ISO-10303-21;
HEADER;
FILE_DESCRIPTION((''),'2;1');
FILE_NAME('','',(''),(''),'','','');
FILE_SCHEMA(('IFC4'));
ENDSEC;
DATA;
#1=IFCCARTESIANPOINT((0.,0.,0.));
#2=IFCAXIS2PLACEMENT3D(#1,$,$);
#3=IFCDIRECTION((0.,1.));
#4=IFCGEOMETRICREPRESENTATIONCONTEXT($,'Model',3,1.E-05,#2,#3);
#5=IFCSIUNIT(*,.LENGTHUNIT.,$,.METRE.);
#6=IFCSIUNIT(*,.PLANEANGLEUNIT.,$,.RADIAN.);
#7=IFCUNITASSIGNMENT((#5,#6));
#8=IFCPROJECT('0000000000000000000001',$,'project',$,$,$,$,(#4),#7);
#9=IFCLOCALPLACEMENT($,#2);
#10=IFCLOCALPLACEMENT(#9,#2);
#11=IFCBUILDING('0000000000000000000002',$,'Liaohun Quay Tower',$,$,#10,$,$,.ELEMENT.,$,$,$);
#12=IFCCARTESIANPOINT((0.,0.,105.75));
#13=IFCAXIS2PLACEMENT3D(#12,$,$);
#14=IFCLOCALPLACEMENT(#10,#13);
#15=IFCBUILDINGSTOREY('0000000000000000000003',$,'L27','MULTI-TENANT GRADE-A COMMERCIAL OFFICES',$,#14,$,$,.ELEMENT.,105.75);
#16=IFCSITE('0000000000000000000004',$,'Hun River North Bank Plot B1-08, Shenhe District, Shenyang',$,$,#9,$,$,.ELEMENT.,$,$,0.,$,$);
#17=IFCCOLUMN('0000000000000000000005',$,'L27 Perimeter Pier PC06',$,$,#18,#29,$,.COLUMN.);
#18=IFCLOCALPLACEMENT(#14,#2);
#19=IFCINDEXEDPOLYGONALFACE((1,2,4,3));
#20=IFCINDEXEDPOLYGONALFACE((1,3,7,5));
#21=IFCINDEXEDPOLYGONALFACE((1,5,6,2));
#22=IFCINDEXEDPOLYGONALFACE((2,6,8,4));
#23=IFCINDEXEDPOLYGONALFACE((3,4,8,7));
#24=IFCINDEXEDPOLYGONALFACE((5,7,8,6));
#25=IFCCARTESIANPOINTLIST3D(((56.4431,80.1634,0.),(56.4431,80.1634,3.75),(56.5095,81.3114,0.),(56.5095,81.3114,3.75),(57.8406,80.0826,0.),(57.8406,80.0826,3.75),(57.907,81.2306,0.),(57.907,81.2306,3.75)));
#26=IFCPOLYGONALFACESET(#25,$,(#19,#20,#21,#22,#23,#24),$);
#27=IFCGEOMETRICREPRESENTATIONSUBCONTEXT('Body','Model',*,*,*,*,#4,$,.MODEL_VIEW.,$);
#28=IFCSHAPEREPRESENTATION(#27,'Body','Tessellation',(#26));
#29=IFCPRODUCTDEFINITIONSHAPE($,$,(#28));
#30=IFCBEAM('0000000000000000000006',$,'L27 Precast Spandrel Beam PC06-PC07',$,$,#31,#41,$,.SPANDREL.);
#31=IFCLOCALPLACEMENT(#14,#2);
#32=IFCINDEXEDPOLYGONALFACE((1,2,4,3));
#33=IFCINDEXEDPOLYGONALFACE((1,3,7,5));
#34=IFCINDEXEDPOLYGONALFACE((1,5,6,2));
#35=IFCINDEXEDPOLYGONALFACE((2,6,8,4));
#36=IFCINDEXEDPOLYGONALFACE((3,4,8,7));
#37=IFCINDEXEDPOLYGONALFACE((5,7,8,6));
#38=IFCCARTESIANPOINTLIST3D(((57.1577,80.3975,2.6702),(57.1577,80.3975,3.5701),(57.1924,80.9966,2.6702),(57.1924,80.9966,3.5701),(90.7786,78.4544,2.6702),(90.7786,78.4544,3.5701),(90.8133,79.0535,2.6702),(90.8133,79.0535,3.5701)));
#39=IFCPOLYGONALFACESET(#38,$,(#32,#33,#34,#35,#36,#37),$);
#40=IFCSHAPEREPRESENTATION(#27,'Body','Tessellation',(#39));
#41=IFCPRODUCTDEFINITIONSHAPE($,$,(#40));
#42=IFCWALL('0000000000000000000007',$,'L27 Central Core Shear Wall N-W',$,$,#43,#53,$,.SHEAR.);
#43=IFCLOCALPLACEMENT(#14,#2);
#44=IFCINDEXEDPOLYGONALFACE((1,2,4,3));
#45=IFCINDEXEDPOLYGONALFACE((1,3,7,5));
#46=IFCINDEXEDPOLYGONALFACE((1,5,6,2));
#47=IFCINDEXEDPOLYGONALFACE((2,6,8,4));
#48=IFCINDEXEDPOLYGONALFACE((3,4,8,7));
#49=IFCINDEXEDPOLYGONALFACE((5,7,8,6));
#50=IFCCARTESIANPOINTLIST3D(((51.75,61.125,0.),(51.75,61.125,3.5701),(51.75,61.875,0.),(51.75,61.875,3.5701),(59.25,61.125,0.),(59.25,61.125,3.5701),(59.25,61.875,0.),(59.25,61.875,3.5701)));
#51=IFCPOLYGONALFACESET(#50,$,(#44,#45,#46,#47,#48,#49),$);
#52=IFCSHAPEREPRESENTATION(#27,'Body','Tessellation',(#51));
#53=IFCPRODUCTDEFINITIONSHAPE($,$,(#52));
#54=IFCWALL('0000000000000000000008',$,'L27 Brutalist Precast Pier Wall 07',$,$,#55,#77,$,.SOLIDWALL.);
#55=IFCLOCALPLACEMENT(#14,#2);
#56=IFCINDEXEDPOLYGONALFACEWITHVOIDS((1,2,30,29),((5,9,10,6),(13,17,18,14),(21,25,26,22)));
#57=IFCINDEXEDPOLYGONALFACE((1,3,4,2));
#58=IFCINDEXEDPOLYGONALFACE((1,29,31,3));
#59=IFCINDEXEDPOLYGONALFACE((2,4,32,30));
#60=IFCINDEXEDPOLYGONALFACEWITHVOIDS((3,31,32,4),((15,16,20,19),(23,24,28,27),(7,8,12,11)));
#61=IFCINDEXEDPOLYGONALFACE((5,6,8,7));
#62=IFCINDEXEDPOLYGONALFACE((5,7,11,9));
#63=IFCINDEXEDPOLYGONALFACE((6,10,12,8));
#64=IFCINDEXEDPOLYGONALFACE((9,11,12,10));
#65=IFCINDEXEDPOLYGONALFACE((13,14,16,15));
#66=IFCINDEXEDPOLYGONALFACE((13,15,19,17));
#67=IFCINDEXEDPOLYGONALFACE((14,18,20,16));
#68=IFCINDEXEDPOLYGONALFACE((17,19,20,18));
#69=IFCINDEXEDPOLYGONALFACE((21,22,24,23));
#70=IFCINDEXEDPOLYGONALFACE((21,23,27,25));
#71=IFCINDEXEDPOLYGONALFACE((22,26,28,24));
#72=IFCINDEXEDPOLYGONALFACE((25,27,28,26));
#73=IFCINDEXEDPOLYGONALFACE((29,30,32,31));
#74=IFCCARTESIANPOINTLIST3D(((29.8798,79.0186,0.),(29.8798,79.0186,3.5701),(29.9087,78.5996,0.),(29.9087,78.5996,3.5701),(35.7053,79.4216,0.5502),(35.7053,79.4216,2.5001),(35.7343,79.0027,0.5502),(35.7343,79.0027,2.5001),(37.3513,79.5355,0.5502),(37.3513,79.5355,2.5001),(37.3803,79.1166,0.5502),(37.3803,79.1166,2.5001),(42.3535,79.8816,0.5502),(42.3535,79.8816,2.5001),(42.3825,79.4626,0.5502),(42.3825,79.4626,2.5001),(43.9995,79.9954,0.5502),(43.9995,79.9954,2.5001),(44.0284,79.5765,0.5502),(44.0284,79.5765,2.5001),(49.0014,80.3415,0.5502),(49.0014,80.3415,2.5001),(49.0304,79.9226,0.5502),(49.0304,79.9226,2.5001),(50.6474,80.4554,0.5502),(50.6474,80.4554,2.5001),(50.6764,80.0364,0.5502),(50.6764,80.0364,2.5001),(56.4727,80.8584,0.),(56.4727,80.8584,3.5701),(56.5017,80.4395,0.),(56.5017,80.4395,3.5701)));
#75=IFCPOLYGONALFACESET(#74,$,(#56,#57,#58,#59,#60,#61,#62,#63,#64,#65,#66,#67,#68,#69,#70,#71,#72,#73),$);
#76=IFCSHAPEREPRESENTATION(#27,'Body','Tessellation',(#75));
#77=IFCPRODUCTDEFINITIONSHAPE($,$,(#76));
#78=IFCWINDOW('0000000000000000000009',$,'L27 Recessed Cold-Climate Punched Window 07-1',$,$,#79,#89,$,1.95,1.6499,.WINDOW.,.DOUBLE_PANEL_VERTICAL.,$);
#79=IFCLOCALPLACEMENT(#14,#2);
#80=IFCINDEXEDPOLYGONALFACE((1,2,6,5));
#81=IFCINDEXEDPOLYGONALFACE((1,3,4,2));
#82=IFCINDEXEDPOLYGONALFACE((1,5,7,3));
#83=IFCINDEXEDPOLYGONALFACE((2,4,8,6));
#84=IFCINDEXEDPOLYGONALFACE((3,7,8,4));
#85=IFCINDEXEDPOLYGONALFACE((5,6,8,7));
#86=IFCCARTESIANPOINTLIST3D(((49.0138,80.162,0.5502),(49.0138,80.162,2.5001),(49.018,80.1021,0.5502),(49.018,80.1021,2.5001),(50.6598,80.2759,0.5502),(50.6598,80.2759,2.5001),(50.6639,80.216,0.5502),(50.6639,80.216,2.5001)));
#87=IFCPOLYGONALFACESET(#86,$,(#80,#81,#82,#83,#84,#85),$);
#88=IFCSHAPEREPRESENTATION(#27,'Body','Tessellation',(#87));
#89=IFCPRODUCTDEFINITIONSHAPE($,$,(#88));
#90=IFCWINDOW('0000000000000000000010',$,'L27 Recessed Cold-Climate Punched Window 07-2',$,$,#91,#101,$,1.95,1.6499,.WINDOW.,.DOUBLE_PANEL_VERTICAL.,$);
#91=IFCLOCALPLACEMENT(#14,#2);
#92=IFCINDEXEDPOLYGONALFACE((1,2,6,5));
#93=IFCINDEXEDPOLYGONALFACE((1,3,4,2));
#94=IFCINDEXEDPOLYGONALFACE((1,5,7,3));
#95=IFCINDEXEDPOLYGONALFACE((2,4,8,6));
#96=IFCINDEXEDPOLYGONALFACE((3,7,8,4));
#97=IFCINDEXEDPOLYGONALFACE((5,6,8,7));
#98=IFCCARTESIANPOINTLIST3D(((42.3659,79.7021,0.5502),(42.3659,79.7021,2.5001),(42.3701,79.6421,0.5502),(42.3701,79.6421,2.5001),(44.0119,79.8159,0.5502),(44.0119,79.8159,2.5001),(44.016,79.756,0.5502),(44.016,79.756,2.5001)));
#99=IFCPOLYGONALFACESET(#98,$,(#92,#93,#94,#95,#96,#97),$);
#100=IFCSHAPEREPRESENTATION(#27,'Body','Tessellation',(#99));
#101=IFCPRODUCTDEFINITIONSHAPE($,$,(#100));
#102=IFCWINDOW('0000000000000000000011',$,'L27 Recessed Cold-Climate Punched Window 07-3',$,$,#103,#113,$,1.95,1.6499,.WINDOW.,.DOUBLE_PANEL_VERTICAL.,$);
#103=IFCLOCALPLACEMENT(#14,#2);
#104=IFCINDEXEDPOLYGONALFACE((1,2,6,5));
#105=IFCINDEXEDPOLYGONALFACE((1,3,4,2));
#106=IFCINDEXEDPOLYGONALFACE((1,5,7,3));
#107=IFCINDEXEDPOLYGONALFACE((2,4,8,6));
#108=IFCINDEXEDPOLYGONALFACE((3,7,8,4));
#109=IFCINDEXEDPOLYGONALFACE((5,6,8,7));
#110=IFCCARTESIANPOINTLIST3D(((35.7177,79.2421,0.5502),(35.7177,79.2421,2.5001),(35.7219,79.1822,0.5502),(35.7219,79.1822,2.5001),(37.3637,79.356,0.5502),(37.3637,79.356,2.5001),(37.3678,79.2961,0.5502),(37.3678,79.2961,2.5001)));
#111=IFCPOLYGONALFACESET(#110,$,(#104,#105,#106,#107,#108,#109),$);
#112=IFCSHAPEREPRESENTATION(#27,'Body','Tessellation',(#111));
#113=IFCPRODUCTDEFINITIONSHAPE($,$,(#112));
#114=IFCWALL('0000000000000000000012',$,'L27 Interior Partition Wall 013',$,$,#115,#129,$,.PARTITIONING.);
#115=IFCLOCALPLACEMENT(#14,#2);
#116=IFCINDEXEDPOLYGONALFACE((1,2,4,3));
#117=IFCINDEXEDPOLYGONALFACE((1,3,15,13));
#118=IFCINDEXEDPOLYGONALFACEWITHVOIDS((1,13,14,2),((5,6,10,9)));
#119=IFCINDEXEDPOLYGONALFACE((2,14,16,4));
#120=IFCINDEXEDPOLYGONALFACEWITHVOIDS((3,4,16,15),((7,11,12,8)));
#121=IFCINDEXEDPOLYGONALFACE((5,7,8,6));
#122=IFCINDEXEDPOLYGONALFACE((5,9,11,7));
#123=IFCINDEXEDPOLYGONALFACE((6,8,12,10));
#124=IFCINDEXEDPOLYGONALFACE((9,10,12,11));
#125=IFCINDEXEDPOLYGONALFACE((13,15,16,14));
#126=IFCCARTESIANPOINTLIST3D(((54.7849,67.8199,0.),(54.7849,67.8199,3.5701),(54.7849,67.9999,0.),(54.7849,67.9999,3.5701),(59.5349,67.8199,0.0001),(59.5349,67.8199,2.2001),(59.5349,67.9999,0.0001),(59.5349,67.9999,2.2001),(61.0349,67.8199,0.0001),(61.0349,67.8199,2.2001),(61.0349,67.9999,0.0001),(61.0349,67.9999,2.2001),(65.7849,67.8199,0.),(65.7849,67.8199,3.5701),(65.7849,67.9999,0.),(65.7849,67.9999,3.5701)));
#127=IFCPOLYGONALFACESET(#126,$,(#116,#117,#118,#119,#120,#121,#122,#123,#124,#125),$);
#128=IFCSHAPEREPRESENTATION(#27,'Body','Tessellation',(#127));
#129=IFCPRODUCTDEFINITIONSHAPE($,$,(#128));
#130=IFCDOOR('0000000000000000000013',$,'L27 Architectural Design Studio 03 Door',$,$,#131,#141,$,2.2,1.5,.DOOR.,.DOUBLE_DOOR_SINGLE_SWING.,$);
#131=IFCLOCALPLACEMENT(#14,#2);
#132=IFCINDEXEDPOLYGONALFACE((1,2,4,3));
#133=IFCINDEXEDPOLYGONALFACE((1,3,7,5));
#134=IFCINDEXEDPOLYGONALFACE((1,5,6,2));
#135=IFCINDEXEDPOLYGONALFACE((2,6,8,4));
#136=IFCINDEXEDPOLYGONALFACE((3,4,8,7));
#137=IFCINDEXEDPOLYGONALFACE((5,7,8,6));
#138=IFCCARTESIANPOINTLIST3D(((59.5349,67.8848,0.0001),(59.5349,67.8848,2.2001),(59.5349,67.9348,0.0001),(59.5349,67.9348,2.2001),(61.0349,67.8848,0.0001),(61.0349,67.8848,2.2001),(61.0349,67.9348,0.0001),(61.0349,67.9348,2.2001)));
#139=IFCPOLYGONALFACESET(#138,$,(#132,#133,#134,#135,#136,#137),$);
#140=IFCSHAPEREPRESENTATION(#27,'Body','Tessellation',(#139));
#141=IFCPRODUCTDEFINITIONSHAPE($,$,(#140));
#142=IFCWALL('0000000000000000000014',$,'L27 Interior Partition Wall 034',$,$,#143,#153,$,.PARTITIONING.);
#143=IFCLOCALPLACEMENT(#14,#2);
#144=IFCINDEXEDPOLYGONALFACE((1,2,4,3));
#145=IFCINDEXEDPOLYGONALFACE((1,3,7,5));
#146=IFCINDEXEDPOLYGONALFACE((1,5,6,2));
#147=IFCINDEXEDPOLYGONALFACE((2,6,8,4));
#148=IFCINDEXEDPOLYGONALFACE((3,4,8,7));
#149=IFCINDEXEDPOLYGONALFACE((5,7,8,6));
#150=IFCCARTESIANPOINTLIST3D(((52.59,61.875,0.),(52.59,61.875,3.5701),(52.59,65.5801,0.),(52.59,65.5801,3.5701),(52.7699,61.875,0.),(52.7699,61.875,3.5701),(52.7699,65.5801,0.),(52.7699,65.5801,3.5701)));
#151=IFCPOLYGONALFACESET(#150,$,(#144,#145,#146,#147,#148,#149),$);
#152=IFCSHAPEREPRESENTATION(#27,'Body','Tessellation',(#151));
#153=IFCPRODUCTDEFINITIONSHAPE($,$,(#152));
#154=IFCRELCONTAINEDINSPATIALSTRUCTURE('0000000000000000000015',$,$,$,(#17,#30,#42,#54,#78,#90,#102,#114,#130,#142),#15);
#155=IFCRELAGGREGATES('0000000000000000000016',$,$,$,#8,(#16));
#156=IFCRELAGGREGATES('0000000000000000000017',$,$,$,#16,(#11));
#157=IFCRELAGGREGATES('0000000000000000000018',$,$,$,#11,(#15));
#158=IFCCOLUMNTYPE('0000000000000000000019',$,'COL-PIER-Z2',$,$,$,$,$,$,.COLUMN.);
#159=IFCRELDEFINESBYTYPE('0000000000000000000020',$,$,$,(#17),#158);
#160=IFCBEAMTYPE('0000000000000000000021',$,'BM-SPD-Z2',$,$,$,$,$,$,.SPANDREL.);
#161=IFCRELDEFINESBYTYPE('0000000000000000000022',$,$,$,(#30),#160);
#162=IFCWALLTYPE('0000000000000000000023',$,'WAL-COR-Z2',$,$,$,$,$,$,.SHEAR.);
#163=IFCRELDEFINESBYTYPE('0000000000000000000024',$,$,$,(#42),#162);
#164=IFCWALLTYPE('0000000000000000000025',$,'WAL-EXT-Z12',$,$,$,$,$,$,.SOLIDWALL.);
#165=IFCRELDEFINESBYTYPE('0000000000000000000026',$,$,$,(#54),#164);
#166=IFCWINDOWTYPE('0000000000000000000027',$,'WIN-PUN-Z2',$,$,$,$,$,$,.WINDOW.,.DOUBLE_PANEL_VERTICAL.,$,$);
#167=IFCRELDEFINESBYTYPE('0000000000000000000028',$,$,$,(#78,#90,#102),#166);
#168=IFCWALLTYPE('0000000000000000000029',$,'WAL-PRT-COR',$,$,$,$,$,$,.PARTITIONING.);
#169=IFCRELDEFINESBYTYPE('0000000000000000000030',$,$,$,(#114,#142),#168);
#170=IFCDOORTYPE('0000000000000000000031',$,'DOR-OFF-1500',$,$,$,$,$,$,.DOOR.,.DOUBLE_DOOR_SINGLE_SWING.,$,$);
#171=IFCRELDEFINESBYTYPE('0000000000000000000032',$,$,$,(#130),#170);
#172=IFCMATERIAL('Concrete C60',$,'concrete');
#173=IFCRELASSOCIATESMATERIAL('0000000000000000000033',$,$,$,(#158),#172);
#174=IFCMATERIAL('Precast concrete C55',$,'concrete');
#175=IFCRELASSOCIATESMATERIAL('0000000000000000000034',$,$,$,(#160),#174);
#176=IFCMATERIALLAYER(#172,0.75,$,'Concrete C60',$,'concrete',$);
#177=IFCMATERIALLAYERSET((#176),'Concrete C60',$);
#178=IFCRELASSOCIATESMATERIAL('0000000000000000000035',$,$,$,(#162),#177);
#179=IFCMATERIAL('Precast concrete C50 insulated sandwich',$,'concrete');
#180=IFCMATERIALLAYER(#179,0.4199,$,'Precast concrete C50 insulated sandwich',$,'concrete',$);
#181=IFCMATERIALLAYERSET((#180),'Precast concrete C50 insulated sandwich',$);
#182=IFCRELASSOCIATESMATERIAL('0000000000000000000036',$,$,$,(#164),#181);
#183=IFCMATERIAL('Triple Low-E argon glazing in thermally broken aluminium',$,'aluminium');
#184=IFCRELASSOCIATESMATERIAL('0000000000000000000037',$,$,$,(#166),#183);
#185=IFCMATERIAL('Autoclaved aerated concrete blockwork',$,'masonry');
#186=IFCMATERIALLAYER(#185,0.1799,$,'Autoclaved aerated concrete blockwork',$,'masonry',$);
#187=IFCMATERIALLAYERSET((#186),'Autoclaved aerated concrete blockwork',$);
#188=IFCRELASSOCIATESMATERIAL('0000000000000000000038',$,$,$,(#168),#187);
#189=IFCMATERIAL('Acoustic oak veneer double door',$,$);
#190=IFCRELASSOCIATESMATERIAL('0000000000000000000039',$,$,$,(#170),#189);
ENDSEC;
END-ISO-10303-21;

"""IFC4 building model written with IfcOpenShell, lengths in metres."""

from ifc_helpers import new_model, si_unit, direction, frame, frame_2d, origin, origin_2d, place, context, subcontext, project, spatial, rectangle, extrude, source, transform, mapped, material, layer, layer_set, material_profile, profile_set, type_object, element, fill, save


model = new_model("IFC4")

# Units and contexts
model_context = context("Model", 3, precision=1e-05, world=origin(), true_north=direction((0.0, 1.0)))
body_context = subcontext(model_context, "Body", "Model", "MODEL_VIEW")
ifc_project = project(units=[si_unit("LENGTHUNIT", "METRE"), si_unit("PLANEANGLEUNIT", "RADIAN")], contexts=[model_context])

# Site, building, storey
site_placement = place(None, origin())
site = spatial("IfcSite", under=ifc_project, at=site_placement, Name="Hun River North Bank Plot B1-08, Shenhe District, Shenyang", CompositionType="ELEMENT", RefElevation=0.0)
building_placement = place(site_placement, origin())
building = spatial("IfcBuilding", under=site, at=building_placement, Name="Liaohun Quay Tower", CompositionType="ELEMENT")
storey_placement = place(building_placement, frame((0.0, 0.0, 105.75)))
storey = spatial("IfcBuildingStorey", under=building, at=storey_placement, Name="L27", Description="MULTI-TENANT GRADE-A COMMERCIAL OFFICES", CompositionType="ELEMENT", Elevation=105.75)

# Column
ifc_material_1 = material(Name="Concrete C60", Category="concrete")
ifc_material_profile_1 = material_profile(ifc_material_1, rectangle(XDim=1.3999, YDim=1.1499, at=origin_2d()), Name="RC1400x1150")
ifc_profile_set_1 = profile_set([ifc_material_profile_1], Name="Concrete C60")
column_type = type_object("IfcColumnType", Name="COL-PIER-Z2", PredefinedType="COLUMN", material=ifc_profile_set_1)
shared_shape_1 = source(origin(), body_context, "Body", "SweptSolid", [
    extrude(rectangle(XDim=1.3999, YDim=1.1499, at=origin_2d()), origin(), (0.0, 0.0, 1.0), 3.75),
])
column_placement = place(storey_placement, frame((57.175, 80.697, 0.0), z_axis=(0.0, 0.0, 1.0), x_axis=(-0.998332, 0.057738, 0.0)))
element("IfcColumn", 1, at=column_placement, inside=storey, type_object=column_type, Name="L27 Perimeter Pier PC06", PredefinedType="COLUMN", context=body_context, shape_type="MappedRepresentation", body=[
    mapped(shared_shape_1, transform((0.0, 0.0, 0.0), x_axis=(1.0, 0.0, 0.0), y_axis=(0.0, 1.0, 0.0), z_axis=(0.0, 0.0, 1.0), scale=1.0)),
])

# Beam
ifc_material_2 = material(Name="Precast concrete C55", Category="concrete")
ifc_material_profile_2 = material_profile(ifc_material_2, rectangle(XDim=0.6001, YDim=0.8999, at=origin_2d()), Name="RC600x900")
ifc_profile_set_2 = profile_set([ifc_material_profile_2], Name="Precast concrete C55")
beam_type = type_object("IfcBeamType", Name="BM-SPD-Z2", PredefinedType="SPANDREL", material=ifc_profile_set_2)
shared_shape_2 = source(origin(), body_context, "Body", "SweptSolid", [
    extrude(rectangle(XDim=0.6001, YDim=0.8999, at=origin_2d()), origin(), (0.0, 0.0, 1.0), 33.677),
])
beam_placement = place(storey_placement, frame((57.175, 80.697, 3.1201), z_axis=(0.998334, -0.057699, 0.0), x_axis=(0.057699, 0.998334, 0.0)))
element("IfcBeam", 2, at=beam_placement, inside=storey, type_object=beam_type, Name="L27 Precast Spandrel Beam PC06-PC07", PredefinedType="SPANDREL", context=body_context, shape_type="MappedRepresentation", body=[
    mapped(shared_shape_2, transform((0.0, 0.0, 0.0), x_axis=(1.0, 0.0, 0.0), y_axis=(0.0, 1.0, 0.0), z_axis=(0.0, 0.0, 1.0), scale=1.0)),
])

# Wall
ifc_layer_1 = layer(ifc_material_1, 0.75, Name="Concrete C60", Category="concrete")
ifc_layer_set_1 = layer_set([ifc_layer_1], Name="Concrete C60")
wall_type_1 = type_object("IfcWallType", Name="WAL-COR-Z2", PredefinedType="SHEAR", material=ifc_layer_set_1)
wall_1_placement = place(storey_placement, frame((51.75, 61.5, 0.0), z_axis=(0.0, 0.0, 1.0), x_axis=(1.0, 0.0, 0.0)))
element("IfcWall", 3, at=wall_1_placement, inside=storey, type_object=wall_type_1, Name="L27 Central Core Shear Wall N-W", PredefinedType="SHEAR", context=body_context, shape_type="SweptSolid", body=[
    extrude(rectangle(XDim=7.5, YDim=0.75, at=frame_2d((3.75, 0.0))), origin(), (0.0, 0.0, 1.0), 3.5701),
])

# Wall, openings, windows
ifc_material_3 = material(Name="Precast concrete C50 insulated sandwich", Category="concrete")
ifc_layer_2 = layer(ifc_material_3, 0.4199, Name="Precast concrete C50 insulated sandwich", Category="concrete")
ifc_layer_set_2 = layer_set([ifc_layer_2], Name="Precast concrete C50 insulated sandwich")
wall_type_2 = type_object("IfcWallType", Name="WAL-EXT-Z12", PredefinedType="SOLIDWALL", material=ifc_layer_set_2)
wall_2_placement = place(storey_placement, frame((56.4871, 80.6489, 0.0), z_axis=(0.0, 0.0, 1.0), x_axis=(-0.997615, -0.06902, 0.0)))
wall_2 = element("IfcWall", 4, at=wall_2_placement, inside=storey, type_object=wall_type_2, Name="L27 Brutalist Precast Pier Wall 07", PredefinedType="SOLIDWALL", context=body_context, shape_type="SweptSolid", body=[
    extrude(rectangle(XDim=26.6565, YDim=0.4199, at=frame_2d((13.3281, 0.0))), origin(), (0.0, 0.0, 1.0), 3.5701),
])
shared_shape_3 = source(origin(), body_context, "Body", "SweptSolid", [
    extrude(rectangle(XDim=1.6499, YDim=1.95, at=frame_2d((0.825, 0.9751))), frame((0.0, 0.22, 0.0), z_axis=(0.0, -1.0, 0.0), x_axis=(1.0, 0.0, 0.0)), (0.0, 0.0, 1.0), 0.4399),
])
opening_1_placement = place(wall_2_placement, frame((5.8391, 0.0, 0.55)))
opening_1 = element("IfcOpeningElement", 5, at=opening_1_placement, cuts=wall_2, PredefinedType="OPENING", context=body_context, shape_type="MappedRepresentation", body=[
    mapped(shared_shape_3, transform((0.0, 0.0, 0.0), x_axis=(1.0, 0.0, 0.0), y_axis=(0.0, 1.0, 0.0), z_axis=(0.0, 0.0, 1.0), scale=1.0)),
])
opening_2_placement = place(wall_2_placement, frame((12.5029, 0.0, 0.55)))
opening_2 = element("IfcOpeningElement", 6, at=opening_2_placement, cuts=wall_2, PredefinedType="OPENING", context=body_context, shape_type="MappedRepresentation", body=[
    mapped(shared_shape_3, transform((0.0, 0.0, 0.0), x_axis=(1.0, 0.0, 0.0), y_axis=(0.0, 1.0, 0.0), z_axis=(0.0, 0.0, 1.0), scale=1.0)),
])
opening_3_placement = place(wall_2_placement, frame((19.167, 0.0, 0.55)))
opening_3 = element("IfcOpeningElement", 7, at=opening_3_placement, cuts=wall_2, PredefinedType="OPENING", context=body_context, shape_type="MappedRepresentation", body=[
    mapped(shared_shape_3, transform((0.0, 0.0, 0.0), x_axis=(1.0, 0.0, 0.0), y_axis=(0.0, 1.0, 0.0), z_axis=(0.0, 0.0, 1.0), scale=1.0)),
])
ifc_material_4 = material(Name="Triple Low-E argon glazing in thermally broken aluminium", Category="aluminium")
window_type = type_object("IfcWindowType", Name="WIN-PUN-Z2", PartitioningType="DOUBLE_PANEL_VERTICAL", PredefinedType="WINDOW", material=ifc_material_4)
shared_shape_4 = source(origin(), body_context, "Body", "SweptSolid", [
    extrude(rectangle(XDim=1.6499, YDim=1.95, at=frame_2d((0.825, 0.9751))), frame((0.0, 0.03, 0.0), z_axis=(0.0, -1.0, 0.0), x_axis=(1.0, 0.0, 0.0)), (0.0, 0.0, 1.0), 0.0601),
])
window_1_placement = place(opening_1_placement, origin())
window_1 = element("IfcWindow", 8, at=window_1_placement, inside=storey, type_object=window_type, Name="L27 Recessed Cold-Climate Punched Window 07-1", OverallHeight=1.95, OverallWidth=1.6499, PartitioningType="DOUBLE_PANEL_VERTICAL", PredefinedType="WINDOW", context=body_context, shape_type="MappedRepresentation", body=[
    mapped(shared_shape_4, transform((0.0, 0.0, 0.0), x_axis=(1.0, 0.0, 0.0), y_axis=(0.0, 1.0, 0.0), z_axis=(0.0, 0.0, 1.0), scale=1.0)),
])
fill(opening_1, window_1)
window_2_placement = place(opening_2_placement, origin())
window_2 = element("IfcWindow", 9, at=window_2_placement, inside=storey, type_object=window_type, Name="L27 Recessed Cold-Climate Punched Window 07-2", OverallHeight=1.95, OverallWidth=1.6499, PartitioningType="DOUBLE_PANEL_VERTICAL", PredefinedType="WINDOW", context=body_context, shape_type="MappedRepresentation", body=[
    mapped(shared_shape_4, transform((0.0, 0.0, 0.0), x_axis=(1.0, 0.0, 0.0), y_axis=(0.0, 1.0, 0.0), z_axis=(0.0, 0.0, 1.0), scale=1.0)),
])
fill(opening_2, window_2)
window_3_placement = place(opening_3_placement, origin())
window_3 = element("IfcWindow", 10, at=window_3_placement, inside=storey, type_object=window_type, Name="L27 Recessed Cold-Climate Punched Window 07-3", OverallHeight=1.95, OverallWidth=1.6499, PartitioningType="DOUBLE_PANEL_VERTICAL", PredefinedType="WINDOW", context=body_context, shape_type="MappedRepresentation", body=[
    mapped(shared_shape_4, transform((0.0, 0.0, 0.0), x_axis=(1.0, 0.0, 0.0), y_axis=(0.0, 1.0, 0.0), z_axis=(0.0, 0.0, 1.0), scale=1.0)),
])
fill(opening_3, window_3)

# Wall, opening, door
ifc_material_5 = material(Name="Autoclaved aerated concrete blockwork", Category="masonry")
ifc_layer_3 = layer(ifc_material_5, 0.1799, Name="Autoclaved aerated concrete blockwork", Category="masonry")
ifc_layer_set_3 = layer_set([ifc_layer_3], Name="Autoclaved aerated concrete blockwork")
wall_type_3 = type_object("IfcWallType", Name="WAL-PRT-COR", PredefinedType="PARTITIONING", material=ifc_layer_set_3)
wall_3_placement = place(storey_placement, frame((54.7849, 67.9099, 0.0), z_axis=(0.0, 0.0, 1.0), x_axis=(1.0, 0.0, 0.0)))
wall_3 = element("IfcWall", 11, at=wall_3_placement, inside=storey, type_object=wall_type_3, Name="L27 Interior Partition Wall 013", PredefinedType="PARTITIONING", context=body_context, shape_type="SweptSolid", body=[
    extrude(rectangle(XDim=11.0, YDim=0.1799, at=frame_2d((5.5, 0.0))), origin(), (0.0, 0.0, 1.0), 3.5701),
])
shared_shape_5 = source(origin(), body_context, "Body", "SweptSolid", [
    extrude(rectangle(XDim=1.5, YDim=2.2, at=frame_2d((0.75, 1.1001))), frame((0.0, 0.0999, 0.0), z_axis=(0.0, -1.0, 0.0), x_axis=(1.0, 0.0, 0.0)), (0.0, 0.0, 1.0), 0.2),
])
opening_4_placement = place(wall_3_placement, frame((4.75, 0.0, 0.0)))
opening_4 = element("IfcOpeningElement", 12, at=opening_4_placement, cuts=wall_3, PredefinedType="OPENING", context=body_context, shape_type="MappedRepresentation", body=[
    mapped(shared_shape_5, transform((0.0, 0.0, 0.0), x_axis=(1.0, 0.0, 0.0), y_axis=(0.0, 1.0, 0.0), z_axis=(0.0, 0.0, 1.0), scale=1.0)),
])
ifc_material_6 = material(Name="Acoustic oak veneer double door")
door_type_1 = type_object("IfcDoorType", Name="DOR-OFF-1500", OperationType="DOUBLE_DOOR_SINGLE_SWING", PredefinedType="DOOR", material=ifc_material_6)
shared_shape_6 = source(origin(), body_context, "Body", "SweptSolid", [
    extrude(rectangle(XDim=1.5, YDim=2.2, at=frame_2d((0.75, 1.1001))), frame((0.0, 0.0249, 0.0), z_axis=(0.0, -1.0, 0.0), x_axis=(1.0, 0.0, 0.0)), (0.0, 0.0, 1.0), 0.05),
])
door_1_placement = place(opening_4_placement, origin())
door_1 = element("IfcDoor", 13, at=door_1_placement, inside=storey, type_object=door_type_1, Name="L27 Architectural Design Studio 03 Door", OperationType="DOUBLE_DOOR_SINGLE_SWING", OverallHeight=2.2, OverallWidth=1.5, PredefinedType="DOOR", context=body_context, shape_type="MappedRepresentation", body=[
    mapped(shared_shape_6, transform((0.0, 0.0, 0.0), x_axis=(1.0, 0.0, 0.0), y_axis=(0.0, 1.0, 0.0), z_axis=(0.0, 0.0, 1.0), scale=1.0)),
])
fill(opening_4, door_1)

# Wall
wall_4_placement = place(storey_placement, frame((52.6799, 61.875, 0.0), z_axis=(0.0, 0.0, 1.0), x_axis=(0.0, 1.0, 0.0)))
element("IfcWall", 14, at=wall_4_placement, inside=storey, type_object=wall_type_3, Name="L27 Interior Partition Wall 034", PredefinedType="PARTITIONING", context=body_context, shape_type="SweptSolid", body=[
    extrude(rectangle(XDim=3.7051, YDim=0.1799, at=frame_2d((1.8525, 0.0))), origin(), (0.0, 0.0, 1.0), 3.5701),
])

save(model, "model.ifc")
